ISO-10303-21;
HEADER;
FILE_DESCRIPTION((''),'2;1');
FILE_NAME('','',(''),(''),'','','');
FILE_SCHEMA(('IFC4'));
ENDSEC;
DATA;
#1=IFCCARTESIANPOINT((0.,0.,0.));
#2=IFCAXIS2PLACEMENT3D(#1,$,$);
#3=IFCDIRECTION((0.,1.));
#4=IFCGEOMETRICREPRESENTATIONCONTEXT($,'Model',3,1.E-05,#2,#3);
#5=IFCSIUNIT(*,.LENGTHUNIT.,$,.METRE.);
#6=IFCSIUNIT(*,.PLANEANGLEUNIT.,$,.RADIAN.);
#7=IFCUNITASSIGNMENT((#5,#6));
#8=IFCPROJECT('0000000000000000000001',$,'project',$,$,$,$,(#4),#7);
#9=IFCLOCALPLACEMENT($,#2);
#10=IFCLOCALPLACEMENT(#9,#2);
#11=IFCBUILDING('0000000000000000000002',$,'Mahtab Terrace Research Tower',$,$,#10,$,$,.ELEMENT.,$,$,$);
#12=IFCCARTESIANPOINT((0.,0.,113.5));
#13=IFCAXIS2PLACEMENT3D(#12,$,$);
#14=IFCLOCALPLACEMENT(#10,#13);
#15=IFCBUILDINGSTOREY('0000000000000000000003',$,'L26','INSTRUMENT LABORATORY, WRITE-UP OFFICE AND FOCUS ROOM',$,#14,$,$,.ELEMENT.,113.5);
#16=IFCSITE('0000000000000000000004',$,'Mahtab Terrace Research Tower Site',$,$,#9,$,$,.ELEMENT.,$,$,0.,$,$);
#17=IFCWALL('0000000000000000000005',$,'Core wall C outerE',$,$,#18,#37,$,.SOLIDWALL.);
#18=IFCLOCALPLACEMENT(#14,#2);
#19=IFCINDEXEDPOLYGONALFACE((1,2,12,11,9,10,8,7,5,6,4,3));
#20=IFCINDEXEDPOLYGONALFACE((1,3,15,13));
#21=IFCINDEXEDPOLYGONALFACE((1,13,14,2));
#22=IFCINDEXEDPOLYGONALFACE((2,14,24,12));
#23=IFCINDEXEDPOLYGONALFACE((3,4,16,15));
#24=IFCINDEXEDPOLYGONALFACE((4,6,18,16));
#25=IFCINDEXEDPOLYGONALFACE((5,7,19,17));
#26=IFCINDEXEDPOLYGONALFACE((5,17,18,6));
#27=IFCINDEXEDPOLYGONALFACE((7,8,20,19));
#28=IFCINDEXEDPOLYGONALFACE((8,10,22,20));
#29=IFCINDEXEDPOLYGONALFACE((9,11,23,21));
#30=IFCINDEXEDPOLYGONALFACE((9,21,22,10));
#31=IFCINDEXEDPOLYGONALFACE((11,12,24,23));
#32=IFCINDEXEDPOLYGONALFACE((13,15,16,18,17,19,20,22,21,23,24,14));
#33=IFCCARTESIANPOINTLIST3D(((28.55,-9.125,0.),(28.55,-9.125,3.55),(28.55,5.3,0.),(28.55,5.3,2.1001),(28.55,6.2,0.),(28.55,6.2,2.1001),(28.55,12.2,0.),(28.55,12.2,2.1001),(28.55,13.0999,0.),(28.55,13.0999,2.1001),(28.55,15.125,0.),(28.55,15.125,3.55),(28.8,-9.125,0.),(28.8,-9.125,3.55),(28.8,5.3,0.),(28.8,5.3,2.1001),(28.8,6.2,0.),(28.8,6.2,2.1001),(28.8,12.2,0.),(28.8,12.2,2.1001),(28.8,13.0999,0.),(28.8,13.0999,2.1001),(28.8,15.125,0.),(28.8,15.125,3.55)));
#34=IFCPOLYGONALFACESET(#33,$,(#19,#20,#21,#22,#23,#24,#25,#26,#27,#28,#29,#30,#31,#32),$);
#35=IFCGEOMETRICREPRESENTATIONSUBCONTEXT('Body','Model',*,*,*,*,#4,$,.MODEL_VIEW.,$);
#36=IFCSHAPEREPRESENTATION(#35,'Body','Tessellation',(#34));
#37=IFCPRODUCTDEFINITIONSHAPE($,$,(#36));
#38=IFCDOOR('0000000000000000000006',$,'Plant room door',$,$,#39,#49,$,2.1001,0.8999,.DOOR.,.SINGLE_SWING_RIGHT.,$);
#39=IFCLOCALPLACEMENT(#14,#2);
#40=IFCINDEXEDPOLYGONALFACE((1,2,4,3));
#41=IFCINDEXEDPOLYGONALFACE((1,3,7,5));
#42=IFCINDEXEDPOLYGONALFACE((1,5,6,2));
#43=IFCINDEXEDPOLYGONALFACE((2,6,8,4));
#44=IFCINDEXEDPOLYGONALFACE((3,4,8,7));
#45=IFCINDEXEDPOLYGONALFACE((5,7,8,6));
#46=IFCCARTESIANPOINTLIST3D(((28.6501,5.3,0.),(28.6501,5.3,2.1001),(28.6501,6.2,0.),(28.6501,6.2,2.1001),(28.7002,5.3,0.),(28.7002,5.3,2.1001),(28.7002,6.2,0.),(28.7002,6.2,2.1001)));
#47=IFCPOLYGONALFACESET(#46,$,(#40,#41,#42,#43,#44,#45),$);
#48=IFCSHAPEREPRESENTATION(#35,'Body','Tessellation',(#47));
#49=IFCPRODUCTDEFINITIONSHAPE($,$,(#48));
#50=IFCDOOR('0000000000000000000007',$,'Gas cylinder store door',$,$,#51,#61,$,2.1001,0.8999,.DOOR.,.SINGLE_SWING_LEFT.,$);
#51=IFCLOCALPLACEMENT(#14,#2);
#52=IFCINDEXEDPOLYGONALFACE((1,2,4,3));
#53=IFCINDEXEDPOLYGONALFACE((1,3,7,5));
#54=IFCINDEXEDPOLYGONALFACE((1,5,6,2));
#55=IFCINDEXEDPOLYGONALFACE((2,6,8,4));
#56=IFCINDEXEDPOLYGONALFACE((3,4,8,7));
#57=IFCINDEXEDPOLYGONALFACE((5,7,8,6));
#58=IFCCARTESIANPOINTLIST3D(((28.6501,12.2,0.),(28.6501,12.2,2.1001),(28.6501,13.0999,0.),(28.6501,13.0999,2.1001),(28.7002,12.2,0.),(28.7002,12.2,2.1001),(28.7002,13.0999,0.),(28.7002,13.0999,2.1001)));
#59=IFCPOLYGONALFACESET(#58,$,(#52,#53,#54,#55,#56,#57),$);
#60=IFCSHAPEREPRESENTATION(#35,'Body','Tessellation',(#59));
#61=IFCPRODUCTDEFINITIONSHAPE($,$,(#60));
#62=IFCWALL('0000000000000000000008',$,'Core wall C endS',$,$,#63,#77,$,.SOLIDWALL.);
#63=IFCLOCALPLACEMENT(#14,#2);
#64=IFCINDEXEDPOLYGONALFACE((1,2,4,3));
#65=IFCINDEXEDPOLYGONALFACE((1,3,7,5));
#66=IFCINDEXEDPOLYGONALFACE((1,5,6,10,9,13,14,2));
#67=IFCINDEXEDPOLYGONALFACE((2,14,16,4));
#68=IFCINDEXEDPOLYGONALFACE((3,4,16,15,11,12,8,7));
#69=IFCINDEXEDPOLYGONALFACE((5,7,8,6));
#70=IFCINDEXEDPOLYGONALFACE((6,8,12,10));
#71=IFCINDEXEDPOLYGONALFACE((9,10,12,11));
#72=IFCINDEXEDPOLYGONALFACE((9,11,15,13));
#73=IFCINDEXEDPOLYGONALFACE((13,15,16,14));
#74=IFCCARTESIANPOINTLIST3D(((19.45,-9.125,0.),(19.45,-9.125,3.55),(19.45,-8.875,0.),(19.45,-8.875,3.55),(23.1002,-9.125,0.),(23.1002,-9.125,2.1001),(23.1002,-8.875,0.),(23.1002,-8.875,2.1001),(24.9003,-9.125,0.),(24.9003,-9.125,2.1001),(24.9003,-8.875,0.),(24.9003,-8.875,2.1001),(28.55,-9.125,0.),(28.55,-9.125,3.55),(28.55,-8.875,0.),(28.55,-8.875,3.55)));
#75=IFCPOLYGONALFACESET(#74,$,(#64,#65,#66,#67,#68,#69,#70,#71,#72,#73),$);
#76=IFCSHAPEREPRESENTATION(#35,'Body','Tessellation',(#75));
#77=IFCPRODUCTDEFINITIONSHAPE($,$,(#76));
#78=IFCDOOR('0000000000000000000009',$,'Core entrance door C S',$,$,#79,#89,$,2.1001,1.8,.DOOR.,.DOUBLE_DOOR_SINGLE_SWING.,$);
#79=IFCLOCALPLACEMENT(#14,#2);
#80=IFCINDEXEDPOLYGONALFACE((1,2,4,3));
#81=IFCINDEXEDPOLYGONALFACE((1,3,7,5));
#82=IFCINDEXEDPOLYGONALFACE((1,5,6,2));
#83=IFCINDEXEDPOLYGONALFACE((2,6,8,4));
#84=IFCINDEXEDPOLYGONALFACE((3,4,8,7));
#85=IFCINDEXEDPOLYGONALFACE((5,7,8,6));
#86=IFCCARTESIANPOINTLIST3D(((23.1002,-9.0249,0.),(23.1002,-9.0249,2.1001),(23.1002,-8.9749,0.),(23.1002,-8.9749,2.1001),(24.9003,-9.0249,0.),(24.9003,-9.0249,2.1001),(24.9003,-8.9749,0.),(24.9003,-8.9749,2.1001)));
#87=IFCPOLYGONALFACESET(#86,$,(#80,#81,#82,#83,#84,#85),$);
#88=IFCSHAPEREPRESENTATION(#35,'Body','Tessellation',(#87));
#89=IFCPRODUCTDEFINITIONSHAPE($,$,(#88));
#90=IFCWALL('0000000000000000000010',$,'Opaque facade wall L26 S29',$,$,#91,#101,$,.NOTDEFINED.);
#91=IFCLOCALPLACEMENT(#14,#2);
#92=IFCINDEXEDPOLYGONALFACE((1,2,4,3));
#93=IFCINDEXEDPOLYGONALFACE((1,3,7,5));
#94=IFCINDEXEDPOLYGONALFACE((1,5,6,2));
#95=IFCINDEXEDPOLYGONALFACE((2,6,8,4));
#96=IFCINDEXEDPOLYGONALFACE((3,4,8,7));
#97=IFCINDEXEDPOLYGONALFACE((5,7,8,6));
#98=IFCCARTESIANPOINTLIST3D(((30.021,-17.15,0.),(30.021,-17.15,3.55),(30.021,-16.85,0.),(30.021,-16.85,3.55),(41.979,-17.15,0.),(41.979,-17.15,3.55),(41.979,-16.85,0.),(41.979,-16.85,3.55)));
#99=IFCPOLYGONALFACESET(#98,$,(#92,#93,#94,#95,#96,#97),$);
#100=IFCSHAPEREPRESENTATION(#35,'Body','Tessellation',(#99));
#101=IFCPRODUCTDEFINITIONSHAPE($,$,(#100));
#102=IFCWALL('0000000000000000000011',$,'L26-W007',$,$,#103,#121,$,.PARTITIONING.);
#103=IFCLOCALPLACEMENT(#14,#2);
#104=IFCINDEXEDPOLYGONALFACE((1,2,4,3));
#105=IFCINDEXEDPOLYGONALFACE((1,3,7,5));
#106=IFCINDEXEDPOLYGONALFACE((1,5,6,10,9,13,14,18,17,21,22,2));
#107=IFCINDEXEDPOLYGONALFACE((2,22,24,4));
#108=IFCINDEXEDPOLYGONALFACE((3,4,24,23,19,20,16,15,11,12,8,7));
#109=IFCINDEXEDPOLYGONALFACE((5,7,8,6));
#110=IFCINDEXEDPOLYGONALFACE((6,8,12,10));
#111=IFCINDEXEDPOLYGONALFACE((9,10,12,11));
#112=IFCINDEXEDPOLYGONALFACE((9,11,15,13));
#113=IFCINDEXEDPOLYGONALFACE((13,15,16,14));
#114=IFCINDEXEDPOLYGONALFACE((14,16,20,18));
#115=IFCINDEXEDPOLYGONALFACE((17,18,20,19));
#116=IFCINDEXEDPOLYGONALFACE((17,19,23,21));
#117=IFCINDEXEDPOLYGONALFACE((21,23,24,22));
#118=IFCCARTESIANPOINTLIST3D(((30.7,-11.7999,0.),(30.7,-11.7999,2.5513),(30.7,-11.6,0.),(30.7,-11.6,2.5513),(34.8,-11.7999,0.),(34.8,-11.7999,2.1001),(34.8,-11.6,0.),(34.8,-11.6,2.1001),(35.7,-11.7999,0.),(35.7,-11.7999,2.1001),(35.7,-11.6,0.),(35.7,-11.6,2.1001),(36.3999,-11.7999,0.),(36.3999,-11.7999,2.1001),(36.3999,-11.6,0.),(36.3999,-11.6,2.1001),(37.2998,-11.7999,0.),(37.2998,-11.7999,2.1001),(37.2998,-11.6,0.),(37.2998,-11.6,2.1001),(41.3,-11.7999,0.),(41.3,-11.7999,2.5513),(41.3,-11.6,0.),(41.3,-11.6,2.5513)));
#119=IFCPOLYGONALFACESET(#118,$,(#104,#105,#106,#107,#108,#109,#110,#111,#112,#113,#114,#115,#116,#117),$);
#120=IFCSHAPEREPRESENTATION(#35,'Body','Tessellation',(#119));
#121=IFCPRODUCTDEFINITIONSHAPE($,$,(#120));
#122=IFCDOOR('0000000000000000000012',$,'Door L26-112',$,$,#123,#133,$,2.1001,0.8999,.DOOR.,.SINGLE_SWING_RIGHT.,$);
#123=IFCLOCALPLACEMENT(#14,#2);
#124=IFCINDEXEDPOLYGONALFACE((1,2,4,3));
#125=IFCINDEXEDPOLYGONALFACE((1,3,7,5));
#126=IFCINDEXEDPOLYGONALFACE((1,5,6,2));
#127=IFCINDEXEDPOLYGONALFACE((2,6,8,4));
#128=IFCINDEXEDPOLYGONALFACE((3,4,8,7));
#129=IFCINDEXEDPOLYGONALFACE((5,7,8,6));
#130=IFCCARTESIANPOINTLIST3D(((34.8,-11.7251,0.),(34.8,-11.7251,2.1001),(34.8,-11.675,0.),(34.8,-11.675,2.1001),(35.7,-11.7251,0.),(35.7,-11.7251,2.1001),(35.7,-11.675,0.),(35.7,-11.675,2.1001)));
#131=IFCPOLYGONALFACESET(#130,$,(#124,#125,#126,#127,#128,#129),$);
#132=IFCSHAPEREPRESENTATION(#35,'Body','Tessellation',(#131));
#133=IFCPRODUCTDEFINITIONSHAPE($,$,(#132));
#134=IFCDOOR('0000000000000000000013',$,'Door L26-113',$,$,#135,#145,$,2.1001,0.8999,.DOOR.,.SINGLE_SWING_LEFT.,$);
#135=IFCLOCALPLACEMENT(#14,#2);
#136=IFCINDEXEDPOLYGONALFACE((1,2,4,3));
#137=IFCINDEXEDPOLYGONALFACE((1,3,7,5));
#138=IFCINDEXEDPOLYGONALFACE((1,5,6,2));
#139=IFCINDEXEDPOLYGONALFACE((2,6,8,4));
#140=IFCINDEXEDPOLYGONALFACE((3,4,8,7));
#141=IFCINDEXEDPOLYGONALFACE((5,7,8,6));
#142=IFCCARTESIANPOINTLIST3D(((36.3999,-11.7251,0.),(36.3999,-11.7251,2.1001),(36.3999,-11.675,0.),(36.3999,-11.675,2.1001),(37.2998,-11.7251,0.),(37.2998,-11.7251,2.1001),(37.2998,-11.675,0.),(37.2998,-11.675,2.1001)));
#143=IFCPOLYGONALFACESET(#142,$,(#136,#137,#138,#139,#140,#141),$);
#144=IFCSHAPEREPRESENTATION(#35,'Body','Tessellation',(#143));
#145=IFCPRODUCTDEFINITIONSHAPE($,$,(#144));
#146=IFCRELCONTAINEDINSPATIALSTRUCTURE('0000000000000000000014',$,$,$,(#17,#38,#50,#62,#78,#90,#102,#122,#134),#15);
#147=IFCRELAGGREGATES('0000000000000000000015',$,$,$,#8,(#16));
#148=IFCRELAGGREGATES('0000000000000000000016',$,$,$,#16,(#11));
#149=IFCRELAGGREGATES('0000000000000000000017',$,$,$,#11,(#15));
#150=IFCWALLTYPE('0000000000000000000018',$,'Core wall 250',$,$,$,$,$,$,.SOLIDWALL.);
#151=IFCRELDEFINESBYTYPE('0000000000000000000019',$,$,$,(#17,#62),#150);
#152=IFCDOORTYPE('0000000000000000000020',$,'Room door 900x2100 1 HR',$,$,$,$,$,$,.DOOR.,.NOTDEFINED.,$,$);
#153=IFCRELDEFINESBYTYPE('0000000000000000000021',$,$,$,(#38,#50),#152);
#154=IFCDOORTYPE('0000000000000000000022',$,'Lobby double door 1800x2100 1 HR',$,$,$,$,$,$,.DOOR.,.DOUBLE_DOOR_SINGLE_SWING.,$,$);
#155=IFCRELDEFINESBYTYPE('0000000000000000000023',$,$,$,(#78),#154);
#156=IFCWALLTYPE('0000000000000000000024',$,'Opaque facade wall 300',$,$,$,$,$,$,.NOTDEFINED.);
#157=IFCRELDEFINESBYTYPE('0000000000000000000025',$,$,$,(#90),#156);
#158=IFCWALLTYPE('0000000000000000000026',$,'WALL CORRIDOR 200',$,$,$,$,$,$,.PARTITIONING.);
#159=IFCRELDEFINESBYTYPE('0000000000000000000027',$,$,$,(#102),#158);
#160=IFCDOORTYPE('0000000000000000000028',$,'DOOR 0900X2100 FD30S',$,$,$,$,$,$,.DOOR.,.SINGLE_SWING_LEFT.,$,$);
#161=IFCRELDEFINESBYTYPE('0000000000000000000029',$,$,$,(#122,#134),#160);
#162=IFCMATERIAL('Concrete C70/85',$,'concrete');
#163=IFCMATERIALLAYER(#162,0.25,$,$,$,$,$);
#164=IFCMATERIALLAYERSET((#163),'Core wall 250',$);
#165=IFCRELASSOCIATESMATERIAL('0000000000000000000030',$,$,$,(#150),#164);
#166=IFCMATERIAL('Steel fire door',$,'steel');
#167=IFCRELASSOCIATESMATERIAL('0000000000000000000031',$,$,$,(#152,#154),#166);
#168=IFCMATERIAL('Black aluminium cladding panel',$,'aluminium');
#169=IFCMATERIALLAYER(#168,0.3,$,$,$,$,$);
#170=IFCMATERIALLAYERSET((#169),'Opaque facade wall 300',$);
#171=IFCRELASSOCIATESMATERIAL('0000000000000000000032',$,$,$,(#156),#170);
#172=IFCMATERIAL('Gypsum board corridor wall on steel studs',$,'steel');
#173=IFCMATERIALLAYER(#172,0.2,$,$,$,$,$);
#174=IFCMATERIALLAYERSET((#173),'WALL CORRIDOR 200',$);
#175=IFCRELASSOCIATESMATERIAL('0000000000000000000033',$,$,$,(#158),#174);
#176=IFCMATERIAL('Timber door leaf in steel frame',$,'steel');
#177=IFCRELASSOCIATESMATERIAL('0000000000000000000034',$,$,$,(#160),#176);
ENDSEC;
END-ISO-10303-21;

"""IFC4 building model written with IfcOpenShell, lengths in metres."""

from ifc_helpers import new_model, si_unit, direction, frame, frame_2d, origin, place, context, subcontext, project, spatial, rectangle, extrude, material, layer, layer_set, type_object, element, fill, save


model = new_model("IFC4")

# Units and contexts
model_context = context("Model", 3, precision=1e-05, world=origin(), true_north=direction((0.0, 1.0)))
body_context = subcontext(model_context, "Body", "Model", "MODEL_VIEW")
ifc_project = project(units=[si_unit("LENGTHUNIT", "METRE"), si_unit("PLANEANGLEUNIT", "RADIAN")], contexts=[model_context])

# Site, building, storey
site_placement = place(None, origin())
site = spatial("IfcSite", under=ifc_project, at=site_placement, Name="Mahtab Terrace Research Tower Site", CompositionType="ELEMENT", RefElevation=0.0)
building_placement = place(site_placement, origin())
building = spatial("IfcBuilding", under=site, at=building_placement, Name="Mahtab Terrace Research Tower", CompositionType="ELEMENT")
storey_placement = place(building_placement, frame((0.0, 0.0, 113.5)))
storey = spatial("IfcBuildingStorey", under=building, at=storey_placement, Name="L26", Description="INSTRUMENT LABORATORY, WRITE-UP OFFICE AND FOCUS ROOM", CompositionType="ELEMENT", Elevation=113.5)

# Shared definitions
ifc_material_1 = material(Name="Concrete C70/85", Category="concrete")

# Wall, openings, doors
ifc_layer_1 = layer(ifc_material_1, 0.25)
ifc_layer_set_1 = layer_set([ifc_layer_1], Name="Core wall 250")
wall_type_1 = type_object("IfcWallType", Name="Core wall 250", PredefinedType="SOLIDWALL", material=ifc_layer_set_1)
wall_1_placement = place(storey_placement, frame((28.675, -9.125, 0.0), z_axis=(0.0, 0.0, 1.0), x_axis=(0.0, 1.0, 0.0)))
wall_1 = element("IfcWall", 1, at=wall_1_placement, inside=storey, type_object=wall_type_1, Name="Core wall C outerE", PredefinedType="SOLIDWALL", context=body_context, shape_type="SweptSolid", body=[
    extrude(rectangle(XDim=24.25, YDim=0.25, at=frame_2d((12.125, 0.0))), origin(), (0.0, 0.0, 1.0), 3.55),
])
opening_1_placement = place(wall_1_placement, frame((14.425, 0.0, 0.0)))
opening_1 = element("IfcOpeningElement", 2, at=opening_1_placement, cuts=wall_1, PredefinedType="OPENING", context=body_context, shape_type="SweptSolid", body=[
    extrude(rectangle(XDim=0.8999, YDim=2.1001, at=frame_2d((0.45, 1.05))), frame((0.0, 0.135, 0.0), z_axis=(0.0, -1.0, 0.0), x_axis=(1.0, 0.0, 0.0)), (0.0, 0.0, 1.0), 0.27),
])
opening_2_placement = place(wall_1_placement, frame((21.325, 0.0, 0.0)))
opening_2 = element("IfcOpeningElement", 3, at=opening_2_placement, cuts=wall_1, PredefinedType="OPENING", context=body_context, shape_type="SweptSolid", body=[
    extrude(rectangle(XDim=0.8999, YDim=2.1001, at=frame_2d((0.45, 1.05))), frame((0.0, 0.135, 0.0), z_axis=(0.0, -1.0, 0.0), x_axis=(1.0, 0.0, 0.0)), (0.0, 0.0, 1.0), 0.27),
])
ifc_material_2 = material(Name="Steel fire door", Category="steel")
door_type_1 = type_object("IfcDoorType", Name="Room door 900x2100 1 HR", OperationType="NOTDEFINED", PredefinedType="DOOR", material=ifc_material_2)
door_1_placement = place(opening_1_placement, origin())
door_1 = element("IfcDoor", 4, at=door_1_placement, inside=storey, type_object=door_type_1, Name="Plant room door", OperationType="SINGLE_SWING_RIGHT", OverallHeight=2.1001, OverallWidth=0.8999, PredefinedType="DOOR", context=body_context, shape_type="SweptSolid", body=[
    extrude(rectangle(XDim=0.8999, YDim=2.1001, at=frame_2d((0.45, 1.05))), frame((0.0, 0.0249, 0.0), z_axis=(0.0, -1.0, 0.0), x_axis=(1.0, 0.0, 0.0)), (0.0, 0.0, 1.0), 0.05),
])
fill(opening_1, door_1)
door_2_placement = place(opening_2_placement, origin())
door_2 = element("IfcDoor", 5, at=door_2_placement, inside=storey, type_object=door_type_1, Name="Gas cylinder store door", OperationType="SINGLE_SWING_LEFT", OverallHeight=2.1001, OverallWidth=0.8999, PredefinedType="DOOR", context=body_context, shape_type="SweptSolid", body=[
    extrude(rectangle(XDim=0.8999, YDim=2.1001, at=frame_2d((0.45, 1.05))), frame((0.0, 0.0249, 0.0), z_axis=(0.0, -1.0, 0.0), x_axis=(1.0, 0.0, 0.0)), (0.0, 0.0, 1.0), 0.05),
])
fill(opening_2, door_2)

# Wall, opening, door
wall_2_placement = place(storey_placement, frame((28.55, -9.0, 0.0), z_axis=(0.0, 0.0, 1.0), x_axis=(-1.0, 0.0, 0.0)))
wall_2 = element("IfcWall", 6, at=wall_2_placement, inside=storey, type_object=wall_type_1, Name="Core wall C endS", PredefinedType="SOLIDWALL", context=body_context, shape_type="SweptSolid", body=[
    extrude(rectangle(XDim=9.1001, YDim=0.25, at=frame_2d((4.55, 0.0))), origin(), (0.0, 0.0, 1.0), 3.55),
])
opening_3_placement = place(wall_2_placement, frame((3.6499, 0.0, 0.0)))
opening_3 = element("IfcOpeningElement", 7, at=opening_3_placement, cuts=wall_2, PredefinedType="OPENING", context=body_context, shape_type="SweptSolid", body=[
    extrude(rectangle(XDim=1.8, YDim=2.1001, at=frame_2d((0.8999, 1.05))), frame((0.0, 0.135, 0.0), z_axis=(0.0, -1.0, 0.0), x_axis=(1.0, 0.0, 0.0)), (0.0, 0.0, 1.0), 0.27),
])
door_type_2 = type_object("IfcDoorType", Name="Lobby double door 1800x2100 1 HR", OperationType="DOUBLE_DOOR_SINGLE_SWING", PredefinedType="DOOR", material=ifc_material_2)
door_3_placement = place(opening_3_placement, origin())
door_3 = element("IfcDoor", 8, at=door_3_placement, inside=storey, type_object=door_type_2, Name="Core entrance door C S", OperationType="DOUBLE_DOOR_SINGLE_SWING", OverallHeight=2.1001, OverallWidth=1.8, PredefinedType="DOOR", context=body_context, shape_type="SweptSolid", body=[
    extrude(rectangle(XDim=1.8, YDim=2.1001, at=frame_2d((0.8999, 1.05))), frame((0.0, 0.0249, 0.0), z_axis=(0.0, -1.0, 0.0), x_axis=(1.0, 0.0, 0.0)), (0.0, 0.0, 1.0), 0.05),
])
fill(opening_3, door_3)

# Wall
ifc_material_3 = material(Name="Black aluminium cladding panel", Category="aluminium")
ifc_layer_2 = layer(ifc_material_3, 0.3)
ifc_layer_set_2 = layer_set([ifc_layer_2], Name="Opaque facade wall 300")
wall_type_2 = type_object("IfcWallType", Name="Opaque facade wall 300", PredefinedType="NOTDEFINED", material=ifc_layer_set_2)
wall_3_placement = place(storey_placement, frame((30.021, -17.0, 0.0), z_axis=(0.0, 0.0, 1.0), x_axis=(1.0, 0.0, 0.0)))
element("IfcWall", 9, at=wall_3_placement, inside=storey, type_object=wall_type_2, Name="Opaque facade wall L26 S29", PredefinedType="NOTDEFINED", context=body_context, shape_type="SweptSolid", body=[
    extrude(rectangle(XDim=11.958, YDim=0.3, at=frame_2d((5.979, 0.0))), origin(), (0.0, 0.0, 1.0), 3.55),
])

# Wall, openings, doors
ifc_material_4 = material(Name="Gypsum board corridor wall on steel studs", Category="steel")
ifc_layer_3 = layer(ifc_material_4, 0.2)
ifc_layer_set_3 = layer_set([ifc_layer_3], Name="WALL CORRIDOR 200")
wall_type_3 = type_object("IfcWallType", Name="WALL CORRIDOR 200", PredefinedType="PARTITIONING", material=ifc_layer_set_3)
wall_4_placement = place(storey_placement, frame((30.7, -11.7, 0.0), z_axis=(0.0, 0.0, 1.0), x_axis=(1.0, 0.0, 0.0)))
wall_4 = element("IfcWall", 10, at=wall_4_placement, inside=storey, type_object=wall_type_3, Name="L26-W007", PredefinedType="PARTITIONING", context=body_context, shape_type="SweptSolid", body=[
    extrude(rectangle(XDim=10.6001, YDim=0.2, at=frame_2d((5.3, 0.0))), origin(), (0.0, 0.0, 1.0), 2.5513),
])
opening_4_placement = place(wall_4_placement, frame((4.1001, 0.0, 0.0)))
opening_4 = element("IfcOpeningElement", 11, at=opening_4_placement, cuts=wall_4, PredefinedType="OPENING", context=body_context, shape_type="SweptSolid", body=[
    extrude(rectangle(XDim=0.8999, YDim=2.1001, at=frame_2d((0.45, 1.05))), frame((0.0, 0.1099, 0.0), z_axis=(0.0, -1.0, 0.0), x_axis=(1.0, 0.0, 0.0)), (0.0, 0.0, 1.0), 0.22),
])
opening_5_placement = place(wall_4_placement, frame((5.7, 0.0, 0.0)))
opening_5 = element("IfcOpeningElement", 12, at=opening_5_placement, cuts=wall_4, PredefinedType="OPENING", context=body_context, shape_type="SweptSolid", body=[
    extrude(rectangle(XDim=0.8999, YDim=2.1001, at=frame_2d((0.45, 1.05))), frame((0.0, 0.1099, 0.0), z_axis=(0.0, -1.0, 0.0), x_axis=(1.0, 0.0, 0.0)), (0.0, 0.0, 1.0), 0.22),
])
ifc_material_5 = material(Name="Timber door leaf in steel frame", Category="steel")
door_type_3 = type_object("IfcDoorType", Name="DOOR 0900X2100 FD30S", OperationType="SINGLE_SWING_LEFT", PredefinedType="DOOR", material=ifc_material_5)
door_4_placement = place(opening_4_placement, origin())
door_4 = element("IfcDoor", 13, at=door_4_placement, inside=storey, type_object=door_type_3, Name="Door L26-112", OperationType="SINGLE_SWING_RIGHT", OverallHeight=2.1001, OverallWidth=0.8999, PredefinedType="DOOR", context=body_context, shape_type="SweptSolid", body=[
    extrude(rectangle(XDim=0.8999, YDim=2.1001, at=frame_2d((0.45, 1.05))), frame((0.0, 0.0249, 0.0), z_axis=(0.0, -1.0, 0.0), x_axis=(1.0, 0.0, 0.0)), (0.0, 0.0, 1.0), 0.05),
])
fill(opening_4, door_4)
door_5_placement = place(opening_5_placement, origin())
door_5 = element("IfcDoor", 14, at=door_5_placement, inside=storey, type_object=door_type_3, Name="Door L26-113", OperationType="SINGLE_SWING_LEFT", OverallHeight=2.1001, OverallWidth=0.8999, PredefinedType="DOOR", context=body_context, shape_type="SweptSolid", body=[
    extrude(rectangle(XDim=0.8999, YDim=2.1001, at=frame_2d((0.45, 1.05))), frame((0.0, 0.0249, 0.0), z_axis=(0.0, -1.0, 0.0), x_axis=(1.0, 0.0, 0.0)), (0.0, 0.0, 1.0), 0.05),
])
fill(opening_5, door_5)

save(model, "model.ifc")
